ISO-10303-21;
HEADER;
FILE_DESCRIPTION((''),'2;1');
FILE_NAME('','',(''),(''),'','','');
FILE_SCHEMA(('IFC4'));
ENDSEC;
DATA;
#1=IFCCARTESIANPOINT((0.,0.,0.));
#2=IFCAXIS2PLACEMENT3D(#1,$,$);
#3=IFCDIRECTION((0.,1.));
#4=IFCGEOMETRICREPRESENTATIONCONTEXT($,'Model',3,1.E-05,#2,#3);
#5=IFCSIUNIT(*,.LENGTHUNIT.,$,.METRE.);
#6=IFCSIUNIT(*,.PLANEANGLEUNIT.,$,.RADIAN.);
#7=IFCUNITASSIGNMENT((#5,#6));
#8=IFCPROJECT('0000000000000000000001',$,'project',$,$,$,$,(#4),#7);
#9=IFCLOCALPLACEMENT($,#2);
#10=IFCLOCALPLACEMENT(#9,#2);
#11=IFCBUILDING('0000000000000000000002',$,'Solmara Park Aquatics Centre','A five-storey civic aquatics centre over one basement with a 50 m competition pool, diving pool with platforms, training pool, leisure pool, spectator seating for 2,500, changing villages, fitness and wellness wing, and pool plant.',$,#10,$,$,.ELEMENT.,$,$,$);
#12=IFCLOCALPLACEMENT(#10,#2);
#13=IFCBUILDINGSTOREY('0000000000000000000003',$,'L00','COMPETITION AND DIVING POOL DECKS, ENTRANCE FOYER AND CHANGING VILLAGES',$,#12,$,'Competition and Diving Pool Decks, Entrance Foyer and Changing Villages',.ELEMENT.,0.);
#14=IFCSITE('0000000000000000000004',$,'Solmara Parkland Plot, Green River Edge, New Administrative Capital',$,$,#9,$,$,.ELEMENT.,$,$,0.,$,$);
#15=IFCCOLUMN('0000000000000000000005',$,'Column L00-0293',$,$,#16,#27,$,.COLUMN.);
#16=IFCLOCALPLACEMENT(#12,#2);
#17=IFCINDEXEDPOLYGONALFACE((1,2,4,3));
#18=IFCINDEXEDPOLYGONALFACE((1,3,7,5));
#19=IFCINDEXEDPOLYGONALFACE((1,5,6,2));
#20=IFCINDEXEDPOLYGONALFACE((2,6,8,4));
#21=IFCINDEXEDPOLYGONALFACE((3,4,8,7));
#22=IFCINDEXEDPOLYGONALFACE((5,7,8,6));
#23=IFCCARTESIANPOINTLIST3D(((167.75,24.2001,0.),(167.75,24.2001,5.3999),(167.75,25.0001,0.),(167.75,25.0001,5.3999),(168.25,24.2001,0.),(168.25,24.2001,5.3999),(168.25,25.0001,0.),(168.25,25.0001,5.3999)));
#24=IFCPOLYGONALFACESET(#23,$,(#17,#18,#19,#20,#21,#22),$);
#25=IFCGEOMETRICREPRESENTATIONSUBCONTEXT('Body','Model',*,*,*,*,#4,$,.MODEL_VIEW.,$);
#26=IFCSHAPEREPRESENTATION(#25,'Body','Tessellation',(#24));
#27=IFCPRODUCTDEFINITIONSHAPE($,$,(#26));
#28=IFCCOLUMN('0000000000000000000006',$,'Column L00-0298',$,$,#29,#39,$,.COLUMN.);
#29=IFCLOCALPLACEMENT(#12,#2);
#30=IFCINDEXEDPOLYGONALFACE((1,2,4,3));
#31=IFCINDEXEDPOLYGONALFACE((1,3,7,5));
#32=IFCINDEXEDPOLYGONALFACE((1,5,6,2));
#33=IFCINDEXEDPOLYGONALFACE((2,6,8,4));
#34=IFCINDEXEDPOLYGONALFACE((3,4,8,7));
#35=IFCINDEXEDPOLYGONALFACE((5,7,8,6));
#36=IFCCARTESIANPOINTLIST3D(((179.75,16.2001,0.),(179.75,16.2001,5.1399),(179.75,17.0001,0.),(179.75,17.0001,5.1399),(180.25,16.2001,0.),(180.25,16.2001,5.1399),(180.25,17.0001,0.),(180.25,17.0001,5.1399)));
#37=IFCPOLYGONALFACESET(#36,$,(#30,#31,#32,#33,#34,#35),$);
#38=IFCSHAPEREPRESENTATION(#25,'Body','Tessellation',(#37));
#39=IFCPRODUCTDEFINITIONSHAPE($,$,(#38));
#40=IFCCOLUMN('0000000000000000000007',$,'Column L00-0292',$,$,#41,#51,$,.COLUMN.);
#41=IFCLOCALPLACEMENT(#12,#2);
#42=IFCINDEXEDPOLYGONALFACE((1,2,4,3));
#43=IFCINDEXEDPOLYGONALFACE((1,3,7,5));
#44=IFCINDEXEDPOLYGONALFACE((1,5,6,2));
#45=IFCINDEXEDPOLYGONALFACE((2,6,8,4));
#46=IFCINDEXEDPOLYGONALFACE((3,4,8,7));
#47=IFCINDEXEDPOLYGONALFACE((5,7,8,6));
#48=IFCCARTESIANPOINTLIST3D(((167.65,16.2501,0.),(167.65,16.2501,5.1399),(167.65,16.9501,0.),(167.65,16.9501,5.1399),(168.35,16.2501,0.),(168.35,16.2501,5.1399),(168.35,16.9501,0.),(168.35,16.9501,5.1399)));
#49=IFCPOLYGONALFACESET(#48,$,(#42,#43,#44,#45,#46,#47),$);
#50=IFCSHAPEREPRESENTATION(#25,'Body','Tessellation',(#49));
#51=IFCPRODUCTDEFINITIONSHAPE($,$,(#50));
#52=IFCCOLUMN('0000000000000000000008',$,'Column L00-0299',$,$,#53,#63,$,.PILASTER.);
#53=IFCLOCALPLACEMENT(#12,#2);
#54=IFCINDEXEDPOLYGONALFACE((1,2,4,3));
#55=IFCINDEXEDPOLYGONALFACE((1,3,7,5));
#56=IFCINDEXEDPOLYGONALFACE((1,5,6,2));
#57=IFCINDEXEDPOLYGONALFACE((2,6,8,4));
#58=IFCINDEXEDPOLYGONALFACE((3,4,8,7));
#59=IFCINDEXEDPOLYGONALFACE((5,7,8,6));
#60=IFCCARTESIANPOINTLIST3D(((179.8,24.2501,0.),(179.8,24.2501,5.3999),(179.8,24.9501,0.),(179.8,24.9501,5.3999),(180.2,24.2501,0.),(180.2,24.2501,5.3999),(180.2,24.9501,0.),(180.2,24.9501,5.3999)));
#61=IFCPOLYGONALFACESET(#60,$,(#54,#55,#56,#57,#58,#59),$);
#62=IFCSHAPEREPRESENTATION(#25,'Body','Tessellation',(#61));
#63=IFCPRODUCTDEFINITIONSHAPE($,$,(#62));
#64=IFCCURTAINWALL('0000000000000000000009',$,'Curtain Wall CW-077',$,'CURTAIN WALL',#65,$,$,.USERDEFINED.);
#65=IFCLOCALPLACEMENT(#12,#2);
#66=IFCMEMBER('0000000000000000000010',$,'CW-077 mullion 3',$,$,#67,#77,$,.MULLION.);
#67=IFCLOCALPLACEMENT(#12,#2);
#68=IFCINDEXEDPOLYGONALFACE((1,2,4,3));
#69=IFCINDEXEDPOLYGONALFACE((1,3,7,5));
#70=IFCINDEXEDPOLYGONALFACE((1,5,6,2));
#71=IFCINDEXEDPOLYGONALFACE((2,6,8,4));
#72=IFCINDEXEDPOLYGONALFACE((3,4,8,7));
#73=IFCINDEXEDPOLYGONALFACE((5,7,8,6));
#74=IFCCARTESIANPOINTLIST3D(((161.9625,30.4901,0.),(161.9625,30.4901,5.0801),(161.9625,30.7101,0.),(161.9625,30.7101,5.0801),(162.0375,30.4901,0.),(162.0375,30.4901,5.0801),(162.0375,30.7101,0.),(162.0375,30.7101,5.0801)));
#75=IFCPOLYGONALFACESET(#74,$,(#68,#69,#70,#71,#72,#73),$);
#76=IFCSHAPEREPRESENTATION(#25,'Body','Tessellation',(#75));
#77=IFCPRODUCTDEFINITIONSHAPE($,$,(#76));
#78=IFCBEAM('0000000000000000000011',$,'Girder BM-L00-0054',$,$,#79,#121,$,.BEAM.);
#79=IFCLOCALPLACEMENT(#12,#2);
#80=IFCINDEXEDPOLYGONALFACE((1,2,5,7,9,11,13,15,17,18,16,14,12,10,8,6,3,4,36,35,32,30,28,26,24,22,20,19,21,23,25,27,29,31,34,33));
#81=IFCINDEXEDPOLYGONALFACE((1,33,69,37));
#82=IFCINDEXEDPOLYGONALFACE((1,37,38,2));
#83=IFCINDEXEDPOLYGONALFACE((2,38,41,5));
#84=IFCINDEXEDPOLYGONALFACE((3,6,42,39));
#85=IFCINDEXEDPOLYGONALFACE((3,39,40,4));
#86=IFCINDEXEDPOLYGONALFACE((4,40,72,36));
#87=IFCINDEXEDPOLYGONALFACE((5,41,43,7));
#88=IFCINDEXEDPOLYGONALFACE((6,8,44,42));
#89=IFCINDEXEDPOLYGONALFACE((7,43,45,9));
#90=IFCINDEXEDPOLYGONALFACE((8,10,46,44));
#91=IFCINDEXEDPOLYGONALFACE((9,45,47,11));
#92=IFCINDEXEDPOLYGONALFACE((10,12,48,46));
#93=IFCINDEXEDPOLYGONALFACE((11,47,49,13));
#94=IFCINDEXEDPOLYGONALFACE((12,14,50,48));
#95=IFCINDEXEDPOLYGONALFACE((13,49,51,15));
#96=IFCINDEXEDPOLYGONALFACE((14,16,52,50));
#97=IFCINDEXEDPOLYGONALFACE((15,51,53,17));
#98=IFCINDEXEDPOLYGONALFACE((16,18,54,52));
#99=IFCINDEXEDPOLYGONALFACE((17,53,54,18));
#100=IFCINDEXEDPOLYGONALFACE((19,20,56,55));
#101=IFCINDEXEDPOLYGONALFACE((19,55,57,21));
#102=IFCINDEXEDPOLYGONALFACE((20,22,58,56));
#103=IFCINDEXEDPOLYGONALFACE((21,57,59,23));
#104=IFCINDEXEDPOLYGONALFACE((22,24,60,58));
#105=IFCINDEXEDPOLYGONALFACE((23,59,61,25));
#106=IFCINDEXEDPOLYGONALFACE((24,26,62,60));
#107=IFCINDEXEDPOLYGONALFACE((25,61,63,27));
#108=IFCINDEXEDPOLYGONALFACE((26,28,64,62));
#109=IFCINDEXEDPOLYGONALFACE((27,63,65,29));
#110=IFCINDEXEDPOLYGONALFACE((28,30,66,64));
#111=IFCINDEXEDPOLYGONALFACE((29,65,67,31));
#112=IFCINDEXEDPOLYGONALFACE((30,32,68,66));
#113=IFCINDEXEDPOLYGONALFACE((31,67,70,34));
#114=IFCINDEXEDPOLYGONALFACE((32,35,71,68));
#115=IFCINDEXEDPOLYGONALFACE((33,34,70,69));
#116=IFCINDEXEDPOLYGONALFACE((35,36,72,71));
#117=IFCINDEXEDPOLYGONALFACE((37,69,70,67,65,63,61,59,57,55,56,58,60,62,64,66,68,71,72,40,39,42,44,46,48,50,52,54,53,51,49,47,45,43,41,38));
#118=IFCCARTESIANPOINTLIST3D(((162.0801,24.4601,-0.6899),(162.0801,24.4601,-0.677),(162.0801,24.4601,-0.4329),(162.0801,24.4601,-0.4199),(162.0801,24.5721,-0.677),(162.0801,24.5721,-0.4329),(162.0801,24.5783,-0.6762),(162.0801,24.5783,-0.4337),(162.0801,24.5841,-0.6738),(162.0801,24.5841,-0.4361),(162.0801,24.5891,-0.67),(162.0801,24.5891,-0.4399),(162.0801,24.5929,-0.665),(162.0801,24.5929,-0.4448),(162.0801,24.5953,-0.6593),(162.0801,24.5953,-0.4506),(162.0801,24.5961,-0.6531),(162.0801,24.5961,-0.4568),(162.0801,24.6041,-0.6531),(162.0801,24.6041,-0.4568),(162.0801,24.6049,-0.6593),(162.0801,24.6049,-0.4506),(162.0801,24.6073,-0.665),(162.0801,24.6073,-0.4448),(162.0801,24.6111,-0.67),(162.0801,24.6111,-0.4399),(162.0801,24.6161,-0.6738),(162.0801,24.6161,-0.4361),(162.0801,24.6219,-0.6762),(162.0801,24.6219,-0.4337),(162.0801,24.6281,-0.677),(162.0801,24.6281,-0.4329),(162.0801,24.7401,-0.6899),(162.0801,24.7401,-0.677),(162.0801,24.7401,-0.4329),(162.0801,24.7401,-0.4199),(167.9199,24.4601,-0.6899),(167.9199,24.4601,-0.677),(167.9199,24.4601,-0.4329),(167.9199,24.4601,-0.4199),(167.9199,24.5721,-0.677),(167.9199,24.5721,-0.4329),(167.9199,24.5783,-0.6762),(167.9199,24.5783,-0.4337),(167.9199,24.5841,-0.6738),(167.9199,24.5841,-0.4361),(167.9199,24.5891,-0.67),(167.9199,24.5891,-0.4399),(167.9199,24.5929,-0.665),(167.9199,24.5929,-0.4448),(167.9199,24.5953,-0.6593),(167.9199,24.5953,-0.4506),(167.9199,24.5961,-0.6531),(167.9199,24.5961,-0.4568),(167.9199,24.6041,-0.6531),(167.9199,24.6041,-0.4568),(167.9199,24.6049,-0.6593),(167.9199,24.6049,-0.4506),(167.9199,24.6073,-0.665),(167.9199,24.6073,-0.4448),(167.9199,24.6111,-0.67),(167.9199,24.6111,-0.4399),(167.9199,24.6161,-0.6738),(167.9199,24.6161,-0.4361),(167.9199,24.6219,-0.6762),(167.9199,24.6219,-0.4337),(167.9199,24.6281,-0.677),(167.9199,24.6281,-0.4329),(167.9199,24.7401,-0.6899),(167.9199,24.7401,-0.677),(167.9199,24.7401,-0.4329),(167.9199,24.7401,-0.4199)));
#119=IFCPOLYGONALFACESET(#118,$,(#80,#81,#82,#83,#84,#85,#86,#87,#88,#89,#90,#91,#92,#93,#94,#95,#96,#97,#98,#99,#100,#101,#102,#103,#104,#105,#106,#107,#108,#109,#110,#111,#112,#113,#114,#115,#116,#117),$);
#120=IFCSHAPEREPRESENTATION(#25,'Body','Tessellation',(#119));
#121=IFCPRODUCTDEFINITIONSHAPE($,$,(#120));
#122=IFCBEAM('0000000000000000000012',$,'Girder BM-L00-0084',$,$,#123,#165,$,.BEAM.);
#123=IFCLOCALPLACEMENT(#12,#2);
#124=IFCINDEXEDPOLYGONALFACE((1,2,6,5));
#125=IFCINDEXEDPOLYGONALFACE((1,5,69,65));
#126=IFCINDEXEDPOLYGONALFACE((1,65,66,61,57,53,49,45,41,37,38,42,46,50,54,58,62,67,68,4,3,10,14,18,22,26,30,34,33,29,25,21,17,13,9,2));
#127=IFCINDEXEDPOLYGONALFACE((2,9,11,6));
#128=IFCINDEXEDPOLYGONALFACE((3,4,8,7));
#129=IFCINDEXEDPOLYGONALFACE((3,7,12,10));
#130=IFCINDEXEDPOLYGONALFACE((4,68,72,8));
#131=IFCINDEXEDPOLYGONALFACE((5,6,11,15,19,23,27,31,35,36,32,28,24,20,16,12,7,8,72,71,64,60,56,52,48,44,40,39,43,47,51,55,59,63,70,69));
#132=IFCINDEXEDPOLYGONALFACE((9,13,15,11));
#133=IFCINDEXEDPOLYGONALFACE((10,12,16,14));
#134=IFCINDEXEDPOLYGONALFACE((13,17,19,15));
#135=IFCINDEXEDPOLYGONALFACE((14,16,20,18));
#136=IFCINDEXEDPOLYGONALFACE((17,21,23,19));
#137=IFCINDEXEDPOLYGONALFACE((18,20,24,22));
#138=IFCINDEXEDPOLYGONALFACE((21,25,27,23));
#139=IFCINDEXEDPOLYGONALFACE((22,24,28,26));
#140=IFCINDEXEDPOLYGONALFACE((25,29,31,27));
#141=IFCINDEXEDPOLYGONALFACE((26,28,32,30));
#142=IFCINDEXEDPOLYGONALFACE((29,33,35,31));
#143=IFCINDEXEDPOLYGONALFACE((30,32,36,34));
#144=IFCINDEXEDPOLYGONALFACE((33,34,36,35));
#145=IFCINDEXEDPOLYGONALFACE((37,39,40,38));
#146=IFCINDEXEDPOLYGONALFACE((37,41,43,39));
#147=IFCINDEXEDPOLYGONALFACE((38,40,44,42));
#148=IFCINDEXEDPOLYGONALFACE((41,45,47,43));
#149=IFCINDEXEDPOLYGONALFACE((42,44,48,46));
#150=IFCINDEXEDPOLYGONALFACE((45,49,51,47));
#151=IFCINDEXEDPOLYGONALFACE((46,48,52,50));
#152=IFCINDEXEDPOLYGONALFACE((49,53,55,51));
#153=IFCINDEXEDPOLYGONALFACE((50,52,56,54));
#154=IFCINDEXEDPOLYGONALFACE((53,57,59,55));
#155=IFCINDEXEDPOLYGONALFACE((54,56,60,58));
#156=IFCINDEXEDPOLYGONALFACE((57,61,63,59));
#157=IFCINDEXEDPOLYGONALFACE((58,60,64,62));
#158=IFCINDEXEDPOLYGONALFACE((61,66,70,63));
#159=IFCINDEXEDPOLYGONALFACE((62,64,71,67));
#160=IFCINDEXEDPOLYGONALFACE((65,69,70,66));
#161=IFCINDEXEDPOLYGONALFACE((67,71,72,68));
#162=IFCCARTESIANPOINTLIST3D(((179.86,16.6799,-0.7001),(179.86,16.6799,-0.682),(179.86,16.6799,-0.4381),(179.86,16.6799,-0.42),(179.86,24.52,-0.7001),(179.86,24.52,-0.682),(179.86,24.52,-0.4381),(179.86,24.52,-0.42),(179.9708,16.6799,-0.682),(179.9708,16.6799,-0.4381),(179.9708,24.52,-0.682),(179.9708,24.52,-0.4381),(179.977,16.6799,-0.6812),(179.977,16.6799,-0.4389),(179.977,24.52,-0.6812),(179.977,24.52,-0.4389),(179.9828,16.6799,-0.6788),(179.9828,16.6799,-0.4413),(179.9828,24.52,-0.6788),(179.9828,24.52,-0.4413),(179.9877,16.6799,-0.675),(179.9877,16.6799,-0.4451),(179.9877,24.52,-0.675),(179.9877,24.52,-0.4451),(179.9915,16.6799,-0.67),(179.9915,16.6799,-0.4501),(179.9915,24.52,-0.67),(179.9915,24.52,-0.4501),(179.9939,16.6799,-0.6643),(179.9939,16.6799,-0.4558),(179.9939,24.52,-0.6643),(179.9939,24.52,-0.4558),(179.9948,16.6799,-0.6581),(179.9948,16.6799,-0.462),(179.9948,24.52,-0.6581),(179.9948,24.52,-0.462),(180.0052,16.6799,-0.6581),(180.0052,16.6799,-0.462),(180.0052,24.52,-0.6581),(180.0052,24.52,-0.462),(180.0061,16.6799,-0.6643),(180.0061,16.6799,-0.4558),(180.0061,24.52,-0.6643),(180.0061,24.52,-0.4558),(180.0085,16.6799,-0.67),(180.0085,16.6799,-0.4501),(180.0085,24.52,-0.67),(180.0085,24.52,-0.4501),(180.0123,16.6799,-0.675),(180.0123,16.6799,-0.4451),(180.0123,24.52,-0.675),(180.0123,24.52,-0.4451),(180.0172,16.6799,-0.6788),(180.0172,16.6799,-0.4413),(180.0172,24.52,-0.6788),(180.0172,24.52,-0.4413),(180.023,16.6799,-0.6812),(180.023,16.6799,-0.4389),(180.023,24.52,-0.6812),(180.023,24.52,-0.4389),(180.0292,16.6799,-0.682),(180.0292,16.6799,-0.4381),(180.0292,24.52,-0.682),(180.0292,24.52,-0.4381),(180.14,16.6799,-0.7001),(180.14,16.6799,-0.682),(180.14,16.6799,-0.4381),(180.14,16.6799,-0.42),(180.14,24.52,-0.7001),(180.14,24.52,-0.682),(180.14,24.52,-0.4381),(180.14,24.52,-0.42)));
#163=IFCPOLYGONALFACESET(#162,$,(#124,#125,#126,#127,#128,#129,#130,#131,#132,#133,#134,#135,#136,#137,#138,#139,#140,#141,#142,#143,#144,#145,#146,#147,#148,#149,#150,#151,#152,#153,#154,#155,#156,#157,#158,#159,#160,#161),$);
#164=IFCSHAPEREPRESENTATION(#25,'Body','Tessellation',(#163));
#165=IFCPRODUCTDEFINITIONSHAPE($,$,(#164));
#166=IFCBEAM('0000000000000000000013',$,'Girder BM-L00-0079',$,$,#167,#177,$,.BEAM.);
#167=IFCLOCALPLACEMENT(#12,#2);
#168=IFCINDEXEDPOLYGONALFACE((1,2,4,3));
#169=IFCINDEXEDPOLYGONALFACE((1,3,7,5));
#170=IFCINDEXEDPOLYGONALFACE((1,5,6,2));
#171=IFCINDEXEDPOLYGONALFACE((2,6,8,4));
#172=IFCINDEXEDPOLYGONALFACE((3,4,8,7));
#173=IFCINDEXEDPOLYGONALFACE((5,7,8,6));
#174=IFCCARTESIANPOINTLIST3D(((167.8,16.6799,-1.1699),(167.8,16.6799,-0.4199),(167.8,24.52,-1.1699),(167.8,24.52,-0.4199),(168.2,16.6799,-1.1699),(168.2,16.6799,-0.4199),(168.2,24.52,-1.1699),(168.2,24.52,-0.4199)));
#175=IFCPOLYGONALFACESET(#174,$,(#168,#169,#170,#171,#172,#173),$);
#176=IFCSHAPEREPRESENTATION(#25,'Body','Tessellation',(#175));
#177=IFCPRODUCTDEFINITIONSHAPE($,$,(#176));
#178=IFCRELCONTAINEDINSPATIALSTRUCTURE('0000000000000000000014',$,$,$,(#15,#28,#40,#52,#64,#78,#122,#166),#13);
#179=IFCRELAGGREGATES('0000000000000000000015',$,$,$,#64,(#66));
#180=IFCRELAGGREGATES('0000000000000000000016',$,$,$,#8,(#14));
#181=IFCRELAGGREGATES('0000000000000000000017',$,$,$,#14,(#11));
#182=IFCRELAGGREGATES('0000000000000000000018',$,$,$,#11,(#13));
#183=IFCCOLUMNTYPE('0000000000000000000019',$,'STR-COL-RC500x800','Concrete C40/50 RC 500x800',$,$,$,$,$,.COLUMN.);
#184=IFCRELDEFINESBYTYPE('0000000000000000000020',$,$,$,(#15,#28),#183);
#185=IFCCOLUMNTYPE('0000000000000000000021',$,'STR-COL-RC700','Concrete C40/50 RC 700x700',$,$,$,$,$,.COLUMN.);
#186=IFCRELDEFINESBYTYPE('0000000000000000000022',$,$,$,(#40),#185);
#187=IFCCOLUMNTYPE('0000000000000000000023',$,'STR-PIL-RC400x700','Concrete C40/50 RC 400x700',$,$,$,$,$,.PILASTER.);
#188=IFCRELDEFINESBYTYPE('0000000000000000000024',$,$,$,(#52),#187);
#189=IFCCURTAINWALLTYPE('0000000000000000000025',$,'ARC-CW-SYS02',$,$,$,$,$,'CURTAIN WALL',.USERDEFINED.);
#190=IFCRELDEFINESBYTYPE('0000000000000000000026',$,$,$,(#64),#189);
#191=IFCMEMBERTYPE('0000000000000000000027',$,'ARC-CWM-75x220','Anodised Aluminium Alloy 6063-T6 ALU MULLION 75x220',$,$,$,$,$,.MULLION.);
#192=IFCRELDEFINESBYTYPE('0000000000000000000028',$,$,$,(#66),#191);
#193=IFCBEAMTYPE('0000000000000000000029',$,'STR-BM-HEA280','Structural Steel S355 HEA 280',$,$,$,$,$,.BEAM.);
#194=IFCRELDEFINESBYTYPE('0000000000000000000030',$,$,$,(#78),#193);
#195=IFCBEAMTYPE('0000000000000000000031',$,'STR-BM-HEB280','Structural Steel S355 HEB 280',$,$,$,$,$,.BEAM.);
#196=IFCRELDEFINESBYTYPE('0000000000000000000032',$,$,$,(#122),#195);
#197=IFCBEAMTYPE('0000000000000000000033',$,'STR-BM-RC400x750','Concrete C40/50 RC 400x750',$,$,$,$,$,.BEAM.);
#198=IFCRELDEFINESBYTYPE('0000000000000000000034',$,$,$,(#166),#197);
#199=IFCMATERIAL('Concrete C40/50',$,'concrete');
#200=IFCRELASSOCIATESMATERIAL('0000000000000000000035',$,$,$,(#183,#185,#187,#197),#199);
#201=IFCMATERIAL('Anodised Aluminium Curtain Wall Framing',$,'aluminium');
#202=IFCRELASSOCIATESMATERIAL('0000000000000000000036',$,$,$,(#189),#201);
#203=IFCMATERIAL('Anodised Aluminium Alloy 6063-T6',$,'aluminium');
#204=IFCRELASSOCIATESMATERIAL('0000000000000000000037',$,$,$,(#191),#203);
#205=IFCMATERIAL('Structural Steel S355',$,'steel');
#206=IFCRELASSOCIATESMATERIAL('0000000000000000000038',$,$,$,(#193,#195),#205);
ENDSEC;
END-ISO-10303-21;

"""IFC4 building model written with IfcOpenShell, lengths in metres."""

from ifc_helpers import new_model, si_unit, direction, frame, origin, origin_2d, place, context, subcontext, project, spatial, rectangle, i_section, extrude, material, material_profile, profile_set, type_object, element, aggregate, save


model = new_model("IFC4")

# Units and contexts
model_context = context("Model", 3, precision=1e-05, world=origin(), true_north=direction((0.0, 1.0)))
body_context = subcontext(model_context, "Body", "Model", "MODEL_VIEW")
ifc_project = project(units=[si_unit("LENGTHUNIT", "METRE"), si_unit("PLANEANGLEUNIT", "RADIAN")], contexts=[model_context])

# Site, building, storey
site_placement = place(None, origin())
site = spatial("IfcSite", under=ifc_project, at=site_placement, Name="Solmara Parkland Plot, Green River Edge, New Administrative Capital", CompositionType="ELEMENT", RefElevation=0.0)
building_placement = place(site_placement, origin())
building = spatial("IfcBuilding", under=site, at=building_placement, Name="Solmara Park Aquatics Centre", Description="A five-storey civic aquatics centre over one basement with a 50 m competition pool, diving pool with platforms, training pool, leisure pool, spectator seating for 2,500, changing villages, fitness and wellness wing, and pool plant.", CompositionType="ELEMENT")
storey_placement = place(building_placement, origin())
storey = spatial("IfcBuildingStorey", under=building, at=storey_placement, Name="L00", Description="COMPETITION AND DIVING POOL DECKS, ENTRANCE FOYER AND CHANGING VILLAGES", LongName="Competition and Diving Pool Decks, Entrance Foyer and Changing Villages", CompositionType="ELEMENT", Elevation=0.0)

# Columns
ifc_material_1 = material(Name="Concrete C40/50", Category="concrete")
ifc_material_profile_1 = material_profile(ifc_material_1, rectangle(XDim=0.5, YDim=0.8, at=origin_2d()), Name="RC 500x800")
ifc_profile_set_1 = profile_set([ifc_material_profile_1], Name="Concrete C40/50")
column_type_1 = type_object("IfcColumnType", Name="STR-COL-RC500x800", Description="Concrete C40/50 RC 500x800", PredefinedType="COLUMN", material=ifc_profile_set_1)
column_1_placement = place(storey_placement, frame((168.0, 24.6001, 0.0), z_axis=(0.0, 0.0, 1.0), x_axis=(1.0, 0.0, 0.0)))
element("IfcColumn", 1, at=column_1_placement, inside=storey, type_object=column_type_1, Name="Column L00-0293", PredefinedType="COLUMN", context=body_context, shape_type="SweptSolid", body=[
    extrude(rectangle(XDim=0.5, YDim=0.8, at=origin_2d()), origin(), (0.0, 0.0, 1.0), 5.3999),
])
column_2_placement = place(storey_placement, frame((180.0, 16.6001, 0.0), z_axis=(0.0, 0.0, 1.0), x_axis=(1.0, 0.0, 0.0)))
element("IfcColumn", 2, at=column_2_placement, inside=storey, type_object=column_type_1, Name="Column L00-0298", PredefinedType="COLUMN", context=body_context, shape_type="SweptSolid", body=[
    extrude(rectangle(XDim=0.5, YDim=0.8, at=origin_2d()), origin(), (0.0, 0.0, 1.0), 5.1399),
])
ifc_material_profile_2 = material_profile(ifc_material_1, rectangle(XDim=0.7, YDim=0.7, at=origin_2d()), Name="RC 700x700")
ifc_profile_set_2 = profile_set([ifc_material_profile_2], Name="Concrete C40/50")
column_type_2 = type_object("IfcColumnType", Name="STR-COL-RC700", Description="Concrete C40/50 RC 700x700", PredefinedType="COLUMN", material=ifc_profile_set_2)
column_3_placement = place(storey_placement, frame((168.0, 16.6001, 0.0), z_axis=(0.0, 0.0, 1.0), x_axis=(1.0, 0.0, 0.0)))
element("IfcColumn", 3, at=column_3_placement, inside=storey, type_object=column_type_2, Name="Column L00-0292", PredefinedType="COLUMN", context=body_context, shape_type="SweptSolid", body=[
    extrude(rectangle(XDim=0.7, YDim=0.7, at=origin_2d()), origin(), (0.0, 0.0, 1.0), 5.1399),
])
ifc_material_profile_3 = material_profile(ifc_material_1, rectangle(XDim=0.3999, YDim=0.7, at=origin_2d()), Name="RC 400x700")
ifc_profile_set_3 = profile_set([ifc_material_profile_3], Name="Concrete C40/50")
column_type_3 = type_object("IfcColumnType", Name="STR-PIL-RC400x700", Description="Concrete C40/50 RC 400x700", PredefinedType="PILASTER", material=ifc_profile_set_3)
column_4_placement = place(storey_placement, frame((180.0, 24.6001, 0.0), z_axis=(0.0, 0.0, 1.0), x_axis=(1.0, 0.0, 0.0)))
element("IfcColumn", 4, at=column_4_placement, inside=storey, type_object=column_type_3, Name="Column L00-0299", PredefinedType="PILASTER", context=body_context, shape_type="SweptSolid", body=[
    extrude(rectangle(XDim=0.3999, YDim=0.7, at=origin_2d()), origin(), (0.0, 0.0, 1.0), 5.3999),
])

# Curtain wall, member
ifc_material_2 = material(Name="Anodised Aluminium Curtain Wall Framing", Category="aluminium")
curtain_wall_type = type_object("IfcCurtainWallType", Name="ARC-CW-SYS02", ElementType="CURTAIN WALL", PredefinedType="USERDEFINED", material=ifc_material_2)
curtain_wall_placement = place(storey_placement, origin())
curtain_wall = element("IfcCurtainWall", 5, at=curtain_wall_placement, inside=storey, type_object=curtain_wall_type, Name="Curtain Wall CW-077", ObjectType="CURTAIN WALL", PredefinedType="USERDEFINED")
ifc_material_3 = material(Name="Anodised Aluminium Alloy 6063-T6", Category="aluminium")
ifc_material_profile_4 = material_profile(ifc_material_3, rectangle(XDim=0.075, YDim=0.22, at=origin_2d()), Name="ALU MULLION 75x220")
ifc_profile_set_4 = profile_set([ifc_material_profile_4], Name="Anodised Aluminium Alloy 6063-T6")
member_type = type_object("IfcMemberType", Name="ARC-CWM-75x220", Description="Anodised Aluminium Alloy 6063-T6 ALU MULLION 75x220", PredefinedType="MULLION", material=ifc_profile_set_4)
member_placement = place(storey_placement, frame((162.0, 30.6001, 0.0), z_axis=(0.0, 0.0, 1.0), x_axis=(1.0, 0.0, 0.0)))
member = element("IfcMember", 6, at=member_placement, type_object=member_type, Name="CW-077 mullion 3", PredefinedType="MULLION", context=body_context, shape_type="SweptSolid", body=[
    extrude(rectangle(XDim=0.075, YDim=0.22, at=origin_2d()), origin(), (0.0, 0.0, 1.0), 5.0801),
])

# Beams
ifc_material_4 = material(Name="Structural Steel S355", Category="steel")
ifc_material_profile_5 = material_profile(ifc_material_4, i_section(OverallWidth=0.28, OverallDepth=0.27, WebThickness=0.0081, FlangeThickness=0.0129, FilletRadius=0.0239, at=origin_2d()), Name="HEA 280")
ifc_profile_set_5 = profile_set([ifc_material_profile_5], Name="Structural Steel S355")
beam_type_1 = type_object("IfcBeamType", Name="STR-BM-HEA280", Description="Structural Steel S355 HEA 280", PredefinedType="BEAM", material=ifc_profile_set_5)
beam_1_placement = place(storey_placement, frame((162.0801, 24.6001, -0.5549), z_axis=(1.0, 0.0, 0.0), x_axis=(0.0, 1.0, 0.0)))
element("IfcBeam", 7, at=beam_1_placement, inside=storey, type_object=beam_type_1, Name="Girder BM-L00-0054", PredefinedType="BEAM", context=body_context, shape_type="SweptSolid", body=[
    extrude(i_section(OverallWidth=0.28, OverallDepth=0.27, WebThickness=0.0081, FlangeThickness=0.0129, FilletRadius=0.0239, at=origin_2d()), origin(), (0.0, 0.0, 1.0), 5.8398),
])
ifc_material_profile_6 = material_profile(ifc_material_4, i_section(OverallWidth=0.28, OverallDepth=0.28, WebThickness=0.0105, FlangeThickness=0.0181, FilletRadius=0.0239, at=origin_2d()), Name="HEB 280")
ifc_profile_set_6 = profile_set([ifc_material_profile_6], Name="Structural Steel S355")
beam_type_2 = type_object("IfcBeamType", Name="STR-BM-HEB280", Description="Structural Steel S355 HEB 280", PredefinedType="BEAM", material=ifc_profile_set_6)
beam_2_placement = place(storey_placement, frame((180.0, 16.6799, -0.5601), z_axis=(0.0, 1.0, 0.0), x_axis=(-1.0, 0.0, 0.0)))
element("IfcBeam", 8, at=beam_2_placement, inside=storey, type_object=beam_type_2, Name="Girder BM-L00-0084", PredefinedType="BEAM", context=body_context, shape_type="SweptSolid", body=[
    extrude(i_section(OverallWidth=0.28, OverallDepth=0.28, WebThickness=0.0105, FlangeThickness=0.0181, FilletRadius=0.0239, at=origin_2d()), origin(), (0.0, 0.0, 1.0), 7.8401),
])
ifc_material_profile_7 = material_profile(ifc_material_1, rectangle(XDim=0.3999, YDim=0.75, at=origin_2d()), Name="RC 400x750")
ifc_profile_set_7 = profile_set([ifc_material_profile_7], Name="Concrete C40/50")
beam_type_3 = type_object("IfcBeamType", Name="STR-BM-RC400x750", Description="Concrete C40/50 RC 400x750", PredefinedType="BEAM", material=ifc_profile_set_7)
beam_3_placement = place(storey_placement, frame((168.0, 16.6799, -0.7949), z_axis=(0.0, 1.0, 0.0), x_axis=(-1.0, 0.0, 0.0)))
element("IfcBeam", 9, at=beam_3_placement, inside=storey, type_object=beam_type_3, Name="Girder BM-L00-0079", PredefinedType="BEAM", context=body_context, shape_type="SweptSolid", body=[
    extrude(rectangle(XDim=0.3999, YDim=0.75, at=origin_2d()), origin(), (0.0, 0.0, 1.0), 7.8401),
])

aggregate(curtain_wall, [member])

save(model, "model.ifc")
